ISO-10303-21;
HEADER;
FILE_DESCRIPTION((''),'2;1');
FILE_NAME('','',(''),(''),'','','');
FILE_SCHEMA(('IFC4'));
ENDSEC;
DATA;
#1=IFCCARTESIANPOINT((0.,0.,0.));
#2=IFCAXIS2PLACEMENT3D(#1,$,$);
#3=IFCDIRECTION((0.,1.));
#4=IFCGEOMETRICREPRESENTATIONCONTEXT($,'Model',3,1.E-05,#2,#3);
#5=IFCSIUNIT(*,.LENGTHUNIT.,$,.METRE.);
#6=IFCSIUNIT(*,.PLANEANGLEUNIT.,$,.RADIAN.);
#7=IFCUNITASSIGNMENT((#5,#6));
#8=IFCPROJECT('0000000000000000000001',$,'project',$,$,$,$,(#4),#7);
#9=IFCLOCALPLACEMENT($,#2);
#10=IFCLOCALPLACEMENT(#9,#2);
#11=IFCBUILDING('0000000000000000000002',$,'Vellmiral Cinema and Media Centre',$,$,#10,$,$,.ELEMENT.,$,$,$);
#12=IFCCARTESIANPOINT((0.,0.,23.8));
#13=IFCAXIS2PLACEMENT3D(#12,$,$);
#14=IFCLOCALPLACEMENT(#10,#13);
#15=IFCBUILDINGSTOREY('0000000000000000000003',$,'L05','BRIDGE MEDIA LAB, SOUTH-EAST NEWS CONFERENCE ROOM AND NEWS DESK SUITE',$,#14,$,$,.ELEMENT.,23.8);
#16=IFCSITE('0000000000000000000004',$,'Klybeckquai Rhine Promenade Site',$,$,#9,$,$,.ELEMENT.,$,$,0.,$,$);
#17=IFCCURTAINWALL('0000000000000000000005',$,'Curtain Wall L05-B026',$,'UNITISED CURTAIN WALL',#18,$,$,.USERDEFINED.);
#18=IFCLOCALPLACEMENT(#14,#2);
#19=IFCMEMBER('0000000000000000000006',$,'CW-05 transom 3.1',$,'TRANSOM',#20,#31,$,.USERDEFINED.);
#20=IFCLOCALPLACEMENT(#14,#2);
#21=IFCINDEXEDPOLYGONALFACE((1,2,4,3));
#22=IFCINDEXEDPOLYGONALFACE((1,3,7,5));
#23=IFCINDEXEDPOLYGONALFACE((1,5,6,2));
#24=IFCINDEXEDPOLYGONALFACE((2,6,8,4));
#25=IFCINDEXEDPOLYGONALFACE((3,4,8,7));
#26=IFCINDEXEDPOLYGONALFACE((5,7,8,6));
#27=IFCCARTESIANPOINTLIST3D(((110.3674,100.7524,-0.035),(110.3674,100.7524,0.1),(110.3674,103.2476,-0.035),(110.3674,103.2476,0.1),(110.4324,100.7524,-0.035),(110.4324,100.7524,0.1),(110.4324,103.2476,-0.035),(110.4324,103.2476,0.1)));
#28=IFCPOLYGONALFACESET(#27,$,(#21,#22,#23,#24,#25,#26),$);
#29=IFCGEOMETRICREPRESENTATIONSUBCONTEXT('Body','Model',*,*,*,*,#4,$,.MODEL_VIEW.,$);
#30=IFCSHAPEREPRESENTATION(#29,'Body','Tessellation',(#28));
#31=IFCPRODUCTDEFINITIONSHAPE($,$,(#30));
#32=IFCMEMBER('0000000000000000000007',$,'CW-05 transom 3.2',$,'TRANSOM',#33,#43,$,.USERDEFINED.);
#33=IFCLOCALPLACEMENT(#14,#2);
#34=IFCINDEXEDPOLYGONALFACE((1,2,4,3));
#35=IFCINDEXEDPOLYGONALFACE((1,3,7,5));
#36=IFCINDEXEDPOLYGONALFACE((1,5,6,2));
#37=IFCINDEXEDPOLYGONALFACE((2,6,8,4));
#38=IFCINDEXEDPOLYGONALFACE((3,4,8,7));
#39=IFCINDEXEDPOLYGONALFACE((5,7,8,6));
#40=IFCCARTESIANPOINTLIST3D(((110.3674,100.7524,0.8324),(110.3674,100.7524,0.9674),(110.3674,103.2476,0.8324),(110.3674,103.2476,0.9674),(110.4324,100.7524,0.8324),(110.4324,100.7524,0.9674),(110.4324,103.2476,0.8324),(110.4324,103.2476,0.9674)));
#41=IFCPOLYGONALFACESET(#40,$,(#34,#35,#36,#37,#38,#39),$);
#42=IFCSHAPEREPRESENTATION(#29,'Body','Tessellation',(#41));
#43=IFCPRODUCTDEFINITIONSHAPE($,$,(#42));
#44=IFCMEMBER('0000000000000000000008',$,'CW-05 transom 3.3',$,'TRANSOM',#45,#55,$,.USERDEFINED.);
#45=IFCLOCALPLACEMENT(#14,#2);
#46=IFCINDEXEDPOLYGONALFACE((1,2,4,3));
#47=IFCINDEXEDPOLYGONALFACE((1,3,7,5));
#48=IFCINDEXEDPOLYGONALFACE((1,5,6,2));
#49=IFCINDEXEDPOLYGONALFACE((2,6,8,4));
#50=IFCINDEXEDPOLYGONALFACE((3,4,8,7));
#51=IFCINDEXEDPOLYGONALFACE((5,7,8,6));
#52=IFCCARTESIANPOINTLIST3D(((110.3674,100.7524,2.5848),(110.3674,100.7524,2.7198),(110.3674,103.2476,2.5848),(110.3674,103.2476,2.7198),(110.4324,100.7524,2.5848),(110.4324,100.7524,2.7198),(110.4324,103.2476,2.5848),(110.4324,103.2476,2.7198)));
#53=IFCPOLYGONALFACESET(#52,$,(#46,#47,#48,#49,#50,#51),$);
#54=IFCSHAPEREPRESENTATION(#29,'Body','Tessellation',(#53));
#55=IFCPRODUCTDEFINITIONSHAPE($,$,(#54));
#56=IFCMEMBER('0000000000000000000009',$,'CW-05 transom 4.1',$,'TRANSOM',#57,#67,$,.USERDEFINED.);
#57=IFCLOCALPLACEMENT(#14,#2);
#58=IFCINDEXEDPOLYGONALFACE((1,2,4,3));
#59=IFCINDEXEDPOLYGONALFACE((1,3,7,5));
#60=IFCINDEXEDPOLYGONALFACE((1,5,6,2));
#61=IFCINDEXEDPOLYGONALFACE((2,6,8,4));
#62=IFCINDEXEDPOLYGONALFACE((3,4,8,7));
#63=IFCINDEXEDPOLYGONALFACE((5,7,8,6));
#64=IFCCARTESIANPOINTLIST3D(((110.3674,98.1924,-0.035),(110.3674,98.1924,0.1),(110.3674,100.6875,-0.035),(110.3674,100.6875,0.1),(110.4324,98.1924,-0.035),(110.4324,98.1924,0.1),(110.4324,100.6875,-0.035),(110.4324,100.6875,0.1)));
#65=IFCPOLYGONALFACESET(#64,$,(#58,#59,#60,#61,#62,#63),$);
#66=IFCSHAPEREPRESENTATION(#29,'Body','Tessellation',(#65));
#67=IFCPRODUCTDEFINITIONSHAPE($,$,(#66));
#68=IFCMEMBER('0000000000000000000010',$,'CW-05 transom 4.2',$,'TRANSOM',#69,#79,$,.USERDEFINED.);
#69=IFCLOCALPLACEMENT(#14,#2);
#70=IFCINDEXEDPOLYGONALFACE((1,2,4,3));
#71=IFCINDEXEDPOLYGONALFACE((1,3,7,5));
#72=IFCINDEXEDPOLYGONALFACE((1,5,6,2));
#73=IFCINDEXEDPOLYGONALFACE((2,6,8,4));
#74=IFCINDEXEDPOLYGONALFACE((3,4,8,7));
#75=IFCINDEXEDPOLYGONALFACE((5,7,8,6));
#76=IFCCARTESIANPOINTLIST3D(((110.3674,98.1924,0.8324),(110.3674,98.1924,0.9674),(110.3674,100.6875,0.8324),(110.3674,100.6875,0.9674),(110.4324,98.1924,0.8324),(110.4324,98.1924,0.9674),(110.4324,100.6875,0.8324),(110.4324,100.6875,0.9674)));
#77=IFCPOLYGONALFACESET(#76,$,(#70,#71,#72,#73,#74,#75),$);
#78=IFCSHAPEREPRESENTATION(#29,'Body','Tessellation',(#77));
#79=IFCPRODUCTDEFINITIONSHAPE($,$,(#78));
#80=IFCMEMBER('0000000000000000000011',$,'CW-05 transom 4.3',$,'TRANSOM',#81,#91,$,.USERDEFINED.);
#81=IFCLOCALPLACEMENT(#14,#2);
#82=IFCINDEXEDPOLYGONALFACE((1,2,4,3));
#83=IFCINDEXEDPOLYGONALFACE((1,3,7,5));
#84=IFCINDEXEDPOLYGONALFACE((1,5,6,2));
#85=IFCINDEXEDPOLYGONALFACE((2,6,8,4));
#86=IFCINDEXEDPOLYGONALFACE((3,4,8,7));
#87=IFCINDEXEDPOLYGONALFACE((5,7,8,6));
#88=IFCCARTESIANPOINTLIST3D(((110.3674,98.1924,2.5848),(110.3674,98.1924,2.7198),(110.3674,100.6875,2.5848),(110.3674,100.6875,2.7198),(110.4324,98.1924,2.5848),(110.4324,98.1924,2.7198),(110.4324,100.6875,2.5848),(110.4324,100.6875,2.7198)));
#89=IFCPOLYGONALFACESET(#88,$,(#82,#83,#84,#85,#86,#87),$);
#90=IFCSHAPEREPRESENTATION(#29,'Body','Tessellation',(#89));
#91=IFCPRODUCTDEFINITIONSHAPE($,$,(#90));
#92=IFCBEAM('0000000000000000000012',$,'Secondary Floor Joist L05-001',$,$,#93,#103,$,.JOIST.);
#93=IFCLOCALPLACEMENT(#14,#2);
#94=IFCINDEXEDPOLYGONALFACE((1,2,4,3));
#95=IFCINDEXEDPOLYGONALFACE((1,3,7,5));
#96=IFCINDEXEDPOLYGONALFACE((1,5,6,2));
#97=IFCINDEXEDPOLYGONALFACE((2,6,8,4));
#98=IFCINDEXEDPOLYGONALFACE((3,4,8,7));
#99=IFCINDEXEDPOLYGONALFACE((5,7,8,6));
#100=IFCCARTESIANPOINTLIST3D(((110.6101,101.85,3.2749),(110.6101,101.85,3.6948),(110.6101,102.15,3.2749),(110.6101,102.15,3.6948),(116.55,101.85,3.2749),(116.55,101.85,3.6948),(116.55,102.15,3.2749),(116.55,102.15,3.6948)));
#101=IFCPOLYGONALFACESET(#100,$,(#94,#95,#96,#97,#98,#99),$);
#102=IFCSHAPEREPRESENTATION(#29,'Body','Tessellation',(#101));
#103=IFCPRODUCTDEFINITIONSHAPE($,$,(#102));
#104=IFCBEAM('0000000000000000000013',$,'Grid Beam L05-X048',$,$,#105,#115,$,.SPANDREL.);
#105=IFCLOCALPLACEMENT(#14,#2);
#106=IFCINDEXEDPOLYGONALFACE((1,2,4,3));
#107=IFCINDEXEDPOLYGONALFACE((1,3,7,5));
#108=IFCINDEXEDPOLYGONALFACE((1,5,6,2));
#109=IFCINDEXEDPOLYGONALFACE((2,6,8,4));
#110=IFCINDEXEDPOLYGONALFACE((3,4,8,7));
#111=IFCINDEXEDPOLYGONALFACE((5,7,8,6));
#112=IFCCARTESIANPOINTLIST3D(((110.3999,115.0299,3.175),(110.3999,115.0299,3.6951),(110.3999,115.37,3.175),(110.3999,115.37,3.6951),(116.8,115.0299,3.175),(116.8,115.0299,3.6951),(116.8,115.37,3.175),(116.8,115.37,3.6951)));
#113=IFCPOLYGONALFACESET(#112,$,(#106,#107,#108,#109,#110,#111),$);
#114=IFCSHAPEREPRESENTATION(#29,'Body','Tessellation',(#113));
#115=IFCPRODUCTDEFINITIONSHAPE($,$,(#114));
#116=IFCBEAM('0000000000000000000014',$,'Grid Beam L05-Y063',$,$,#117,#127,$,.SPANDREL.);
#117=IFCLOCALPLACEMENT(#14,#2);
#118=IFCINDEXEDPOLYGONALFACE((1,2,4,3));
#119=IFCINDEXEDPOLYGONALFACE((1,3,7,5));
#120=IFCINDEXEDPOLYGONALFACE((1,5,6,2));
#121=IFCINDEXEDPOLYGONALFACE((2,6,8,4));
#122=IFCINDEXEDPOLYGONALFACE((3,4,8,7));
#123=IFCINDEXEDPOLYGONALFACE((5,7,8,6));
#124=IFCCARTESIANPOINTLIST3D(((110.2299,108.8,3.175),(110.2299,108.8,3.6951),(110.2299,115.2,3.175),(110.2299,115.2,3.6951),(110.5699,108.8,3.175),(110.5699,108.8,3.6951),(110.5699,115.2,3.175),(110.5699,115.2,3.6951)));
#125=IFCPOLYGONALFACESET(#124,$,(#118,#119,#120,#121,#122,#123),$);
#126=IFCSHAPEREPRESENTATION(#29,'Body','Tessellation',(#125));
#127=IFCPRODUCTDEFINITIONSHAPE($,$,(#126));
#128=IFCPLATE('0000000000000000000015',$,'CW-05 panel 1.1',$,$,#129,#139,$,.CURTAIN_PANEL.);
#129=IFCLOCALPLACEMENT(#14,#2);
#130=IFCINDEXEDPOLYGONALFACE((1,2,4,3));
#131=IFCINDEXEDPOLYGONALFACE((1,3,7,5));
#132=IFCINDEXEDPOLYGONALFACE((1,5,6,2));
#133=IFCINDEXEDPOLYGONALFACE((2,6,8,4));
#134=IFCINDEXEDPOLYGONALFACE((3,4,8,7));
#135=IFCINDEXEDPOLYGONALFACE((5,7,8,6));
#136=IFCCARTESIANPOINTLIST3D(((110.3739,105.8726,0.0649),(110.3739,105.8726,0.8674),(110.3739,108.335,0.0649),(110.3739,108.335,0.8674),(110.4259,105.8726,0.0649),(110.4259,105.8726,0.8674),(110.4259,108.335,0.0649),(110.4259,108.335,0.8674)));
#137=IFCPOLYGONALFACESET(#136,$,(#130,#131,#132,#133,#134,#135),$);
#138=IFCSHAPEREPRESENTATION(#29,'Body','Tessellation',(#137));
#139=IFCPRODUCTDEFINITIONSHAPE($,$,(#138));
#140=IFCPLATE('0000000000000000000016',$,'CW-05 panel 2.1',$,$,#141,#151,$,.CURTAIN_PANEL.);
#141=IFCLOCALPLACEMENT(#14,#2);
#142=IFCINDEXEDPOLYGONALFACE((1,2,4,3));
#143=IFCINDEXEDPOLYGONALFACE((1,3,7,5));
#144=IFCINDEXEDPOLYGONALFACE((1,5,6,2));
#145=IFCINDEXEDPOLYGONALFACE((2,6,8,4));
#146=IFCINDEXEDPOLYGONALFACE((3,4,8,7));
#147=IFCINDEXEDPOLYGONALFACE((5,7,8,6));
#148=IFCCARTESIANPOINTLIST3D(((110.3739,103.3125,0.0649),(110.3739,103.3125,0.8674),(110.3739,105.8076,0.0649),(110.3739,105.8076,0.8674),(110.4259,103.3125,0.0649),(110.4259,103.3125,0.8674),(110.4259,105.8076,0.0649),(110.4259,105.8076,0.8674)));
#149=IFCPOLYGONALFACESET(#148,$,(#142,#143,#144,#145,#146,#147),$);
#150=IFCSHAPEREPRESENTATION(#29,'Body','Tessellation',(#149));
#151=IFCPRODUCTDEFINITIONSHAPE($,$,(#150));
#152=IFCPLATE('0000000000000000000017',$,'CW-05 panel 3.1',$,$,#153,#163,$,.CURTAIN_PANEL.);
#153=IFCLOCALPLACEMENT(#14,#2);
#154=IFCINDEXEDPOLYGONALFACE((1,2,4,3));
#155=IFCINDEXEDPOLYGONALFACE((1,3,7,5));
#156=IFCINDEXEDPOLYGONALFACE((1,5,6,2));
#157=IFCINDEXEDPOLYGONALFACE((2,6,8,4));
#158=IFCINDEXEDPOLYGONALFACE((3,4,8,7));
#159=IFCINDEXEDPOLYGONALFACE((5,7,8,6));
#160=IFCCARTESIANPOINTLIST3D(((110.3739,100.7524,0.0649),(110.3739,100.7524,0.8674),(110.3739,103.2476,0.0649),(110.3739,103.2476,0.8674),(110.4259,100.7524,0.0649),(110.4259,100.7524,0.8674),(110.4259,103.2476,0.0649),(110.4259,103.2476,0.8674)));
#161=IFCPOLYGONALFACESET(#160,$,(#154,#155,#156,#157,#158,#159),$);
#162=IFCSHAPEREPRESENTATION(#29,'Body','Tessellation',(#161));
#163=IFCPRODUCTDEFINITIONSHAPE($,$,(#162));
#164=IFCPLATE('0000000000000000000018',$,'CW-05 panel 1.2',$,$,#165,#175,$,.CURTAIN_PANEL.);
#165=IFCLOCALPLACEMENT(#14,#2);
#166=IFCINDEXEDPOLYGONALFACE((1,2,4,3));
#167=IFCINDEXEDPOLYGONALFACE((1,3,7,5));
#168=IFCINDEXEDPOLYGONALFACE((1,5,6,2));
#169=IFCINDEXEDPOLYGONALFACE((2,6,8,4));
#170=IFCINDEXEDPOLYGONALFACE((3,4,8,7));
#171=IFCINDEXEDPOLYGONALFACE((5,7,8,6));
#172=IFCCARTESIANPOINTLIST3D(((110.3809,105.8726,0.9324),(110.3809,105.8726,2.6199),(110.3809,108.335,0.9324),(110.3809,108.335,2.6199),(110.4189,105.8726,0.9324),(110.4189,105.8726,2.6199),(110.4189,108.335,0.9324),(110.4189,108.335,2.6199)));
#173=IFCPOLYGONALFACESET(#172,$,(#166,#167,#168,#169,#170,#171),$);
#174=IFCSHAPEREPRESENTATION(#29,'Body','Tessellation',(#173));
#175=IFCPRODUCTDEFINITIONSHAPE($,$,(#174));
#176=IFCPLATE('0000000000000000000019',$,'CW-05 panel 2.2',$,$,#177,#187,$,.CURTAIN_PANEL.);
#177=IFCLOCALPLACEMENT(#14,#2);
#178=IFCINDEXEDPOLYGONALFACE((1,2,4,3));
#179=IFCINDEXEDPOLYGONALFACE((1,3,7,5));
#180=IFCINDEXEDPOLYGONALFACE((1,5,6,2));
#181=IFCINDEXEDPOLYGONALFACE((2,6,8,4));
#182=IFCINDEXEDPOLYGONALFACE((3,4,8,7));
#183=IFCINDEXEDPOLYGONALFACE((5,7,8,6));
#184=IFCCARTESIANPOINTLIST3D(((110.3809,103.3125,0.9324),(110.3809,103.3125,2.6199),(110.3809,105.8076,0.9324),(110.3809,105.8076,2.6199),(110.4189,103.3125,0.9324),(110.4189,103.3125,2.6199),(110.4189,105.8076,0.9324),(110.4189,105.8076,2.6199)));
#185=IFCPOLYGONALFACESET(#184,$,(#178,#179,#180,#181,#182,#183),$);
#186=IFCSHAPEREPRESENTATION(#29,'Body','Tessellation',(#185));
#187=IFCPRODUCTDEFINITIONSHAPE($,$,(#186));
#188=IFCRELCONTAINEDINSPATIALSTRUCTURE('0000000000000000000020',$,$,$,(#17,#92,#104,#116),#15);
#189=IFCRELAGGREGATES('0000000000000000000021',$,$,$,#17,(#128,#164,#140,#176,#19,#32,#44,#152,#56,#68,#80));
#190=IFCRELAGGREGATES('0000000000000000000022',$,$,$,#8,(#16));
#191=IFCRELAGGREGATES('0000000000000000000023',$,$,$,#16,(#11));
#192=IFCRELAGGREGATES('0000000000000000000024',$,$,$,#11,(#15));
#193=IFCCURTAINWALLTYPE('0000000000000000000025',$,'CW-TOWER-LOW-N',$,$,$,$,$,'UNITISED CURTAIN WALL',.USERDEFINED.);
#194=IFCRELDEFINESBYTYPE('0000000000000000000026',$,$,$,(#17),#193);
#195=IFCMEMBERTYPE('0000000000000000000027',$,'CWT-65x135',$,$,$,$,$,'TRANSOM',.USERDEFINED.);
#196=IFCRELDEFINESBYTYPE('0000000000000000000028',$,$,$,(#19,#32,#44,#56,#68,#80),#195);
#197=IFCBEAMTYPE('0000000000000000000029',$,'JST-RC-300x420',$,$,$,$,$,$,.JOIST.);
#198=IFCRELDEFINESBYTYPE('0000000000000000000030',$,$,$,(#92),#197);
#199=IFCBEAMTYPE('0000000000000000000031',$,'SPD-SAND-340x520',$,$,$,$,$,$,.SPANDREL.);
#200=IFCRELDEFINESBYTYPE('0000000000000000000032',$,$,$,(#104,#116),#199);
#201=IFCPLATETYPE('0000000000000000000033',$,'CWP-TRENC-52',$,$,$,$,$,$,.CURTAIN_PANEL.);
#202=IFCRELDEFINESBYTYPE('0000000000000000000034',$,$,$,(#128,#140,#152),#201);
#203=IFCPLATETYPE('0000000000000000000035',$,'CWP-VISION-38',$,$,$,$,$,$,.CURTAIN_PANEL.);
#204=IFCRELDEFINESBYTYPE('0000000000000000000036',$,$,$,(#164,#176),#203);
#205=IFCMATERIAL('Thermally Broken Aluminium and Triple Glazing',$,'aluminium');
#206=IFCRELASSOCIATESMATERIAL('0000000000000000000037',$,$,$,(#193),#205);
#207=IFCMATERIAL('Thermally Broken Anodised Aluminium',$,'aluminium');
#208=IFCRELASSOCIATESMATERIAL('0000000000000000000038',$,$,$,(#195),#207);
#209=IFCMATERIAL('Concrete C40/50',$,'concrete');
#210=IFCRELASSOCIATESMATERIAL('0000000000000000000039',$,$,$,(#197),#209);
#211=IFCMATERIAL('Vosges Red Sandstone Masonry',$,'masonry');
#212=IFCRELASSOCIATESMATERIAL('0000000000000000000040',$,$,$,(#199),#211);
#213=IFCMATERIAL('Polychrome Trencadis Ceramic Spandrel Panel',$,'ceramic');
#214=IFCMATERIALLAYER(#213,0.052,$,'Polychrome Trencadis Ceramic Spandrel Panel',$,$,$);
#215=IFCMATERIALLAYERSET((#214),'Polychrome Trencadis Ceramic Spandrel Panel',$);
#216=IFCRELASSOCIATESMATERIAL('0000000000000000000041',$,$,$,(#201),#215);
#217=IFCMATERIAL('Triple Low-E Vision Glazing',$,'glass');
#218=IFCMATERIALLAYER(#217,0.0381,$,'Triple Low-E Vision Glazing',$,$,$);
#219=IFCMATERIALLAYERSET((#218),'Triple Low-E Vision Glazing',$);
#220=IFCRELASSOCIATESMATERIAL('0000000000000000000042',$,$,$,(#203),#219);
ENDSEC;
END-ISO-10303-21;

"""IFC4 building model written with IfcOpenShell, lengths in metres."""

from ifc_helpers import new_model, si_unit, direction, frame, origin, origin_2d, place, context, subcontext, project, spatial, rectangle, extrude, material, layer, layer_set, material_profile, profile_set, type_object, element, aggregate, save


model = new_model("IFC4")

# Units and contexts
model_context = context("Model", 3, precision=1e-05, world=origin(), true_north=direction((0.0, 1.0)))
body_context = subcontext(model_context, "Body", "Model", "MODEL_VIEW")
ifc_project = project(units=[si_unit("LENGTHUNIT", "METRE"), si_unit("PLANEANGLEUNIT", "RADIAN")], contexts=[model_context])

# Site, building, storey
site_placement = place(None, origin())
site = spatial("IfcSite", under=ifc_project, at=site_placement, Name="Klybeckquai Rhine Promenade Site", CompositionType="ELEMENT", RefElevation=0.0)
building_placement = place(site_placement, origin())
building = spatial("IfcBuilding", under=site, at=building_placement, Name="Vellmiral Cinema and Media Centre", CompositionType="ELEMENT")
storey_placement = place(building_placement, frame((0.0, 0.0, 23.8)))
storey = spatial("IfcBuildingStorey", under=building, at=storey_placement, Name="L05", Description="BRIDGE MEDIA LAB, SOUTH-EAST NEWS CONFERENCE ROOM AND NEWS DESK SUITE", CompositionType="ELEMENT", Elevation=23.8)

# Curtain wall, members
ifc_material_1 = material(Name="Thermally Broken Aluminium and Triple Glazing", Category="aluminium")
curtain_wall_type_1 = type_object("IfcCurtainWallType", Name="CW-TOWER-LOW-N", ElementType="UNITISED CURTAIN WALL", PredefinedType="USERDEFINED", material=ifc_material_1)
curtain_wall_1_placement = place(storey_placement, origin())
curtain_wall_1 = element("IfcCurtainWall", 1, at=curtain_wall_1_placement, inside=storey, type_object=curtain_wall_type_1, Name="Curtain Wall L05-B026", ObjectType="UNITISED CURTAIN WALL", PredefinedType="USERDEFINED")
ifc_material_2 = material(Name="Thermally Broken Anodised Aluminium", Category="aluminium")
ifc_material_profile_1 = material_profile(ifc_material_2, rectangle(XDim=0.0649, YDim=0.135, at=origin_2d()), Name="MULL 65x135")
ifc_profile_set_1 = profile_set([ifc_material_profile_1], Name="Thermally Broken Anodised Aluminium")
member_type_1 = type_object("IfcMemberType", Name="CWT-65x135", ElementType="TRANSOM", PredefinedType="USERDEFINED", material=ifc_profile_set_1)
member_1_placement = place(storey_placement, frame((110.3999, 103.2476, 0.0325), z_axis=(0.0, -1.0, 0.0), x_axis=(1.0, 0.0, 0.0)))
member_1 = element("IfcMember", 2, at=member_1_placement, type_object=member_type_1, Name="CW-05 transom 3.1", ObjectType="TRANSOM", PredefinedType="USERDEFINED", context=body_context, shape_type="SweptSolid", body=[
    extrude(rectangle(XDim=0.0649, YDim=0.135, at=origin_2d()), origin(), (0.0, 0.0, 1.0), 2.4951),
])
member_2_placement = place(storey_placement, frame((110.3999, 103.2476, 0.8999), z_axis=(0.0, -1.0, 0.0), x_axis=(1.0, 0.0, 0.0)))
member_2 = element("IfcMember", 3, at=member_2_placement, type_object=member_type_1, Name="CW-05 transom 3.2", ObjectType="TRANSOM", PredefinedType="USERDEFINED", context=body_context, shape_type="SweptSolid", body=[
    extrude(rectangle(XDim=0.0649, YDim=0.135, at=origin_2d()), origin(), (0.0, 0.0, 1.0), 2.4951),
])
member_3_placement = place(storey_placement, frame((110.3999, 103.2476, 2.6523), z_axis=(0.0, -1.0, 0.0), x_axis=(1.0, 0.0, 0.0)))
member_3 = element("IfcMember", 4, at=member_3_placement, type_object=member_type_1, Name="CW-05 transom 3.3", ObjectType="TRANSOM", PredefinedType="USERDEFINED", context=body_context, shape_type="SweptSolid", body=[
    extrude(rectangle(XDim=0.0649, YDim=0.135, at=origin_2d()), origin(), (0.0, 0.0, 1.0), 2.4951),
])
member_4_placement = place(storey_placement, frame((110.3999, 100.6875, 0.0325), z_axis=(0.0, -1.0, 0.0), x_axis=(1.0, 0.0, 0.0)))
member_4 = element("IfcMember", 5, at=member_4_placement, type_object=member_type_1, Name="CW-05 transom 4.1", ObjectType="TRANSOM", PredefinedType="USERDEFINED", context=body_context, shape_type="SweptSolid", body=[
    extrude(rectangle(XDim=0.0649, YDim=0.135, at=origin_2d()), origin(), (0.0, 0.0, 1.0), 2.4951),
])
member_5_placement = place(storey_placement, frame((110.3999, 100.6875, 0.8999), z_axis=(0.0, -1.0, 0.0), x_axis=(1.0, 0.0, 0.0)))
member_5 = element("IfcMember", 6, at=member_5_placement, type_object=member_type_1, Name="CW-05 transom 4.2", ObjectType="TRANSOM", PredefinedType="USERDEFINED", context=body_context, shape_type="SweptSolid", body=[
    extrude(rectangle(XDim=0.0649, YDim=0.135, at=origin_2d()), origin(), (0.0, 0.0, 1.0), 2.4951),
])
member_6_placement = place(storey_placement, frame((110.3999, 100.6875, 2.6523), z_axis=(0.0, -1.0, 0.0), x_axis=(1.0, 0.0, 0.0)))
member_6 = element("IfcMember", 7, at=member_6_placement, type_object=member_type_1, Name="CW-05 transom 4.3", ObjectType="TRANSOM", PredefinedType="USERDEFINED", context=body_context, shape_type="SweptSolid", body=[
    extrude(rectangle(XDim=0.0649, YDim=0.135, at=origin_2d()), origin(), (0.0, 0.0, 1.0), 2.4951),
])

# Beams
ifc_material_3 = material(Name="Concrete C40/50", Category="concrete")
ifc_material_profile_2 = material_profile(ifc_material_3, rectangle(XDim=0.3, YDim=0.4199, at=origin_2d()), Name="RC 300x420")
ifc_profile_set_2 = profile_set([ifc_material_profile_2], Name="Concrete C40/50")
beam_type_1 = type_object("IfcBeamType", Name="JST-RC-300x420", PredefinedType="JOIST", material=ifc_profile_set_2)
beam_1_placement = place(storey_placement, frame((110.6101, 102.0, 3.4849), z_axis=(1.0, 0.0, 0.0), x_axis=(0.0, 1.0, 0.0)))
element("IfcBeam", 8, at=beam_1_placement, inside=storey, type_object=beam_type_1, Name="Secondary Floor Joist L05-001", PredefinedType="JOIST", context=body_context, shape_type="SweptSolid", body=[
    extrude(rectangle(XDim=0.3, YDim=0.4199, at=origin_2d()), origin(), (0.0, 0.0, 1.0), 5.9399),
])
ifc_material_4 = material(Name="Vosges Red Sandstone Masonry", Category="masonry")
ifc_material_profile_3 = material_profile(ifc_material_4, rectangle(XDim=0.3401, YDim=0.52, at=origin_2d()), Name="SAND 340x520")
ifc_profile_set_3 = profile_set([ifc_material_profile_3], Name="Vosges Red Sandstone Masonry")
beam_type_2 = type_object("IfcBeamType", Name="SPD-SAND-340x520", PredefinedType="SPANDREL", material=ifc_profile_set_3)
beam_2_placement = place(storey_placement, frame((110.3999, 115.2, 3.4351), z_axis=(1.0, 0.0, 0.0), x_axis=(0.0, 1.0, 0.0)))
element("IfcBeam", 9, at=beam_2_placement, inside=storey, type_object=beam_type_2, Name="Grid Beam L05-X048", PredefinedType="SPANDREL", context=body_context, shape_type="SweptSolid", body=[
    extrude(rectangle(XDim=0.3401, YDim=0.52, at=origin_2d()), origin(), (0.0, 0.0, 1.0), 6.4001),
])
beam_3_placement = place(storey_placement, frame((110.3999, 108.8, 3.4351), z_axis=(0.0, 1.0, 0.0), x_axis=(-1.0, 0.0, 0.0)))
element("IfcBeam", 10, at=beam_3_placement, inside=storey, type_object=beam_type_2, Name="Grid Beam L05-Y063", PredefinedType="SPANDREL", context=body_context, shape_type="SweptSolid", body=[
    extrude(rectangle(XDim=0.3401, YDim=0.52, at=origin_2d()), origin(), (0.0, 0.0, 1.0), 6.3999),
])

# Plates
ifc_material_5 = material(Name="Polychrome Trencadis Ceramic Spandrel Panel", Category="ceramic")
ifc_layer_1 = layer(ifc_material_5, 0.052, Name="Polychrome Trencadis Ceramic Spandrel Panel")
ifc_layer_set_1 = layer_set([ifc_layer_1], Name="Polychrome Trencadis Ceramic Spandrel Panel")
plate_type_1 = type_object("IfcPlateType", Name="CWP-TRENC-52", PredefinedType="CURTAIN_PANEL", material=ifc_layer_set_1)
plate_1_placement = place(storey_placement, frame((110.3999, 107.1038, 0.0649), z_axis=(0.0, 0.0, 1.0), x_axis=(0.0, -1.0, 0.0)))
plate_1 = element("IfcPlate", 11, at=plate_1_placement, type_object=plate_type_1, Name="CW-05 panel 1.1", PredefinedType="CURTAIN_PANEL", context=body_context, shape_type="SweptSolid", body=[
    extrude(rectangle(XDim=2.4624, YDim=0.052, at=origin_2d()), origin(), (0.0, 0.0, 1.0), 0.8025),
])
plate_2_placement = place(storey_placement, frame((110.3999, 104.5601, 0.0649), z_axis=(0.0, 0.0, 1.0), x_axis=(0.0, -1.0, 0.0)))
plate_2 = element("IfcPlate", 12, at=plate_2_placement, type_object=plate_type_1, Name="CW-05 panel 2.1", PredefinedType="CURTAIN_PANEL", context=body_context, shape_type="SweptSolid", body=[
    extrude(rectangle(XDim=2.4951, YDim=0.052, at=origin_2d()), origin(), (0.0, 0.0, 1.0), 0.8025),
])
plate_3_placement = place(storey_placement, frame((110.3999, 102.0, 0.0649), z_axis=(0.0, 0.0, 1.0), x_axis=(0.0, -1.0, 0.0)))
plate_3 = element("IfcPlate", 13, at=plate_3_placement, type_object=plate_type_1, Name="CW-05 panel 3.1", PredefinedType="CURTAIN_PANEL", context=body_context, shape_type="SweptSolid", body=[
    extrude(rectangle(XDim=2.4951, YDim=0.052, at=origin_2d()), origin(), (0.0, 0.0, 1.0), 0.8025),
])
ifc_material_6 = material(Name="Triple Low-E Vision Glazing", Category="glass")
ifc_layer_2 = layer(ifc_material_6, 0.0381, Name="Triple Low-E Vision Glazing")
ifc_layer_set_2 = layer_set([ifc_layer_2], Name="Triple Low-E Vision Glazing")
plate_type_2 = type_object("IfcPlateType", Name="CWP-VISION-38", PredefinedType="CURTAIN_PANEL", material=ifc_layer_set_2)
plate_4_placement = place(storey_placement, frame((110.3999, 107.1038, 0.9324), z_axis=(0.0, 0.0, 1.0), x_axis=(0.0, -1.0, 0.0)))
plate_4 = element("IfcPlate", 14, at=plate_4_placement, type_object=plate_type_2, Name="CW-05 panel 1.2", PredefinedType="CURTAIN_PANEL", context=body_context, shape_type="SweptSolid", body=[
    extrude(rectangle(XDim=2.4624, YDim=0.0381, at=origin_2d()), origin(), (0.0, 0.0, 1.0), 1.6875),
])
plate_5_placement = place(storey_placement, frame((110.3999, 104.5601, 0.9324), z_axis=(0.0, 0.0, 1.0), x_axis=(0.0, -1.0, 0.0)))
plate_5 = element("IfcPlate", 15, at=plate_5_placement, type_object=plate_type_2, Name="CW-05 panel 2.2", PredefinedType="CURTAIN_PANEL", context=body_context, shape_type="SweptSolid", body=[
    extrude(rectangle(XDim=2.4951, YDim=0.0381, at=origin_2d()), origin(), (0.0, 0.0, 1.0), 1.6875),
])
aggregate(curtain_wall_1, [plate_1, plate_4, plate_2, plate_5, member_1, member_2, member_3, plate_3, member_4, member_5, member_6])

save(model, "model.ifc")
